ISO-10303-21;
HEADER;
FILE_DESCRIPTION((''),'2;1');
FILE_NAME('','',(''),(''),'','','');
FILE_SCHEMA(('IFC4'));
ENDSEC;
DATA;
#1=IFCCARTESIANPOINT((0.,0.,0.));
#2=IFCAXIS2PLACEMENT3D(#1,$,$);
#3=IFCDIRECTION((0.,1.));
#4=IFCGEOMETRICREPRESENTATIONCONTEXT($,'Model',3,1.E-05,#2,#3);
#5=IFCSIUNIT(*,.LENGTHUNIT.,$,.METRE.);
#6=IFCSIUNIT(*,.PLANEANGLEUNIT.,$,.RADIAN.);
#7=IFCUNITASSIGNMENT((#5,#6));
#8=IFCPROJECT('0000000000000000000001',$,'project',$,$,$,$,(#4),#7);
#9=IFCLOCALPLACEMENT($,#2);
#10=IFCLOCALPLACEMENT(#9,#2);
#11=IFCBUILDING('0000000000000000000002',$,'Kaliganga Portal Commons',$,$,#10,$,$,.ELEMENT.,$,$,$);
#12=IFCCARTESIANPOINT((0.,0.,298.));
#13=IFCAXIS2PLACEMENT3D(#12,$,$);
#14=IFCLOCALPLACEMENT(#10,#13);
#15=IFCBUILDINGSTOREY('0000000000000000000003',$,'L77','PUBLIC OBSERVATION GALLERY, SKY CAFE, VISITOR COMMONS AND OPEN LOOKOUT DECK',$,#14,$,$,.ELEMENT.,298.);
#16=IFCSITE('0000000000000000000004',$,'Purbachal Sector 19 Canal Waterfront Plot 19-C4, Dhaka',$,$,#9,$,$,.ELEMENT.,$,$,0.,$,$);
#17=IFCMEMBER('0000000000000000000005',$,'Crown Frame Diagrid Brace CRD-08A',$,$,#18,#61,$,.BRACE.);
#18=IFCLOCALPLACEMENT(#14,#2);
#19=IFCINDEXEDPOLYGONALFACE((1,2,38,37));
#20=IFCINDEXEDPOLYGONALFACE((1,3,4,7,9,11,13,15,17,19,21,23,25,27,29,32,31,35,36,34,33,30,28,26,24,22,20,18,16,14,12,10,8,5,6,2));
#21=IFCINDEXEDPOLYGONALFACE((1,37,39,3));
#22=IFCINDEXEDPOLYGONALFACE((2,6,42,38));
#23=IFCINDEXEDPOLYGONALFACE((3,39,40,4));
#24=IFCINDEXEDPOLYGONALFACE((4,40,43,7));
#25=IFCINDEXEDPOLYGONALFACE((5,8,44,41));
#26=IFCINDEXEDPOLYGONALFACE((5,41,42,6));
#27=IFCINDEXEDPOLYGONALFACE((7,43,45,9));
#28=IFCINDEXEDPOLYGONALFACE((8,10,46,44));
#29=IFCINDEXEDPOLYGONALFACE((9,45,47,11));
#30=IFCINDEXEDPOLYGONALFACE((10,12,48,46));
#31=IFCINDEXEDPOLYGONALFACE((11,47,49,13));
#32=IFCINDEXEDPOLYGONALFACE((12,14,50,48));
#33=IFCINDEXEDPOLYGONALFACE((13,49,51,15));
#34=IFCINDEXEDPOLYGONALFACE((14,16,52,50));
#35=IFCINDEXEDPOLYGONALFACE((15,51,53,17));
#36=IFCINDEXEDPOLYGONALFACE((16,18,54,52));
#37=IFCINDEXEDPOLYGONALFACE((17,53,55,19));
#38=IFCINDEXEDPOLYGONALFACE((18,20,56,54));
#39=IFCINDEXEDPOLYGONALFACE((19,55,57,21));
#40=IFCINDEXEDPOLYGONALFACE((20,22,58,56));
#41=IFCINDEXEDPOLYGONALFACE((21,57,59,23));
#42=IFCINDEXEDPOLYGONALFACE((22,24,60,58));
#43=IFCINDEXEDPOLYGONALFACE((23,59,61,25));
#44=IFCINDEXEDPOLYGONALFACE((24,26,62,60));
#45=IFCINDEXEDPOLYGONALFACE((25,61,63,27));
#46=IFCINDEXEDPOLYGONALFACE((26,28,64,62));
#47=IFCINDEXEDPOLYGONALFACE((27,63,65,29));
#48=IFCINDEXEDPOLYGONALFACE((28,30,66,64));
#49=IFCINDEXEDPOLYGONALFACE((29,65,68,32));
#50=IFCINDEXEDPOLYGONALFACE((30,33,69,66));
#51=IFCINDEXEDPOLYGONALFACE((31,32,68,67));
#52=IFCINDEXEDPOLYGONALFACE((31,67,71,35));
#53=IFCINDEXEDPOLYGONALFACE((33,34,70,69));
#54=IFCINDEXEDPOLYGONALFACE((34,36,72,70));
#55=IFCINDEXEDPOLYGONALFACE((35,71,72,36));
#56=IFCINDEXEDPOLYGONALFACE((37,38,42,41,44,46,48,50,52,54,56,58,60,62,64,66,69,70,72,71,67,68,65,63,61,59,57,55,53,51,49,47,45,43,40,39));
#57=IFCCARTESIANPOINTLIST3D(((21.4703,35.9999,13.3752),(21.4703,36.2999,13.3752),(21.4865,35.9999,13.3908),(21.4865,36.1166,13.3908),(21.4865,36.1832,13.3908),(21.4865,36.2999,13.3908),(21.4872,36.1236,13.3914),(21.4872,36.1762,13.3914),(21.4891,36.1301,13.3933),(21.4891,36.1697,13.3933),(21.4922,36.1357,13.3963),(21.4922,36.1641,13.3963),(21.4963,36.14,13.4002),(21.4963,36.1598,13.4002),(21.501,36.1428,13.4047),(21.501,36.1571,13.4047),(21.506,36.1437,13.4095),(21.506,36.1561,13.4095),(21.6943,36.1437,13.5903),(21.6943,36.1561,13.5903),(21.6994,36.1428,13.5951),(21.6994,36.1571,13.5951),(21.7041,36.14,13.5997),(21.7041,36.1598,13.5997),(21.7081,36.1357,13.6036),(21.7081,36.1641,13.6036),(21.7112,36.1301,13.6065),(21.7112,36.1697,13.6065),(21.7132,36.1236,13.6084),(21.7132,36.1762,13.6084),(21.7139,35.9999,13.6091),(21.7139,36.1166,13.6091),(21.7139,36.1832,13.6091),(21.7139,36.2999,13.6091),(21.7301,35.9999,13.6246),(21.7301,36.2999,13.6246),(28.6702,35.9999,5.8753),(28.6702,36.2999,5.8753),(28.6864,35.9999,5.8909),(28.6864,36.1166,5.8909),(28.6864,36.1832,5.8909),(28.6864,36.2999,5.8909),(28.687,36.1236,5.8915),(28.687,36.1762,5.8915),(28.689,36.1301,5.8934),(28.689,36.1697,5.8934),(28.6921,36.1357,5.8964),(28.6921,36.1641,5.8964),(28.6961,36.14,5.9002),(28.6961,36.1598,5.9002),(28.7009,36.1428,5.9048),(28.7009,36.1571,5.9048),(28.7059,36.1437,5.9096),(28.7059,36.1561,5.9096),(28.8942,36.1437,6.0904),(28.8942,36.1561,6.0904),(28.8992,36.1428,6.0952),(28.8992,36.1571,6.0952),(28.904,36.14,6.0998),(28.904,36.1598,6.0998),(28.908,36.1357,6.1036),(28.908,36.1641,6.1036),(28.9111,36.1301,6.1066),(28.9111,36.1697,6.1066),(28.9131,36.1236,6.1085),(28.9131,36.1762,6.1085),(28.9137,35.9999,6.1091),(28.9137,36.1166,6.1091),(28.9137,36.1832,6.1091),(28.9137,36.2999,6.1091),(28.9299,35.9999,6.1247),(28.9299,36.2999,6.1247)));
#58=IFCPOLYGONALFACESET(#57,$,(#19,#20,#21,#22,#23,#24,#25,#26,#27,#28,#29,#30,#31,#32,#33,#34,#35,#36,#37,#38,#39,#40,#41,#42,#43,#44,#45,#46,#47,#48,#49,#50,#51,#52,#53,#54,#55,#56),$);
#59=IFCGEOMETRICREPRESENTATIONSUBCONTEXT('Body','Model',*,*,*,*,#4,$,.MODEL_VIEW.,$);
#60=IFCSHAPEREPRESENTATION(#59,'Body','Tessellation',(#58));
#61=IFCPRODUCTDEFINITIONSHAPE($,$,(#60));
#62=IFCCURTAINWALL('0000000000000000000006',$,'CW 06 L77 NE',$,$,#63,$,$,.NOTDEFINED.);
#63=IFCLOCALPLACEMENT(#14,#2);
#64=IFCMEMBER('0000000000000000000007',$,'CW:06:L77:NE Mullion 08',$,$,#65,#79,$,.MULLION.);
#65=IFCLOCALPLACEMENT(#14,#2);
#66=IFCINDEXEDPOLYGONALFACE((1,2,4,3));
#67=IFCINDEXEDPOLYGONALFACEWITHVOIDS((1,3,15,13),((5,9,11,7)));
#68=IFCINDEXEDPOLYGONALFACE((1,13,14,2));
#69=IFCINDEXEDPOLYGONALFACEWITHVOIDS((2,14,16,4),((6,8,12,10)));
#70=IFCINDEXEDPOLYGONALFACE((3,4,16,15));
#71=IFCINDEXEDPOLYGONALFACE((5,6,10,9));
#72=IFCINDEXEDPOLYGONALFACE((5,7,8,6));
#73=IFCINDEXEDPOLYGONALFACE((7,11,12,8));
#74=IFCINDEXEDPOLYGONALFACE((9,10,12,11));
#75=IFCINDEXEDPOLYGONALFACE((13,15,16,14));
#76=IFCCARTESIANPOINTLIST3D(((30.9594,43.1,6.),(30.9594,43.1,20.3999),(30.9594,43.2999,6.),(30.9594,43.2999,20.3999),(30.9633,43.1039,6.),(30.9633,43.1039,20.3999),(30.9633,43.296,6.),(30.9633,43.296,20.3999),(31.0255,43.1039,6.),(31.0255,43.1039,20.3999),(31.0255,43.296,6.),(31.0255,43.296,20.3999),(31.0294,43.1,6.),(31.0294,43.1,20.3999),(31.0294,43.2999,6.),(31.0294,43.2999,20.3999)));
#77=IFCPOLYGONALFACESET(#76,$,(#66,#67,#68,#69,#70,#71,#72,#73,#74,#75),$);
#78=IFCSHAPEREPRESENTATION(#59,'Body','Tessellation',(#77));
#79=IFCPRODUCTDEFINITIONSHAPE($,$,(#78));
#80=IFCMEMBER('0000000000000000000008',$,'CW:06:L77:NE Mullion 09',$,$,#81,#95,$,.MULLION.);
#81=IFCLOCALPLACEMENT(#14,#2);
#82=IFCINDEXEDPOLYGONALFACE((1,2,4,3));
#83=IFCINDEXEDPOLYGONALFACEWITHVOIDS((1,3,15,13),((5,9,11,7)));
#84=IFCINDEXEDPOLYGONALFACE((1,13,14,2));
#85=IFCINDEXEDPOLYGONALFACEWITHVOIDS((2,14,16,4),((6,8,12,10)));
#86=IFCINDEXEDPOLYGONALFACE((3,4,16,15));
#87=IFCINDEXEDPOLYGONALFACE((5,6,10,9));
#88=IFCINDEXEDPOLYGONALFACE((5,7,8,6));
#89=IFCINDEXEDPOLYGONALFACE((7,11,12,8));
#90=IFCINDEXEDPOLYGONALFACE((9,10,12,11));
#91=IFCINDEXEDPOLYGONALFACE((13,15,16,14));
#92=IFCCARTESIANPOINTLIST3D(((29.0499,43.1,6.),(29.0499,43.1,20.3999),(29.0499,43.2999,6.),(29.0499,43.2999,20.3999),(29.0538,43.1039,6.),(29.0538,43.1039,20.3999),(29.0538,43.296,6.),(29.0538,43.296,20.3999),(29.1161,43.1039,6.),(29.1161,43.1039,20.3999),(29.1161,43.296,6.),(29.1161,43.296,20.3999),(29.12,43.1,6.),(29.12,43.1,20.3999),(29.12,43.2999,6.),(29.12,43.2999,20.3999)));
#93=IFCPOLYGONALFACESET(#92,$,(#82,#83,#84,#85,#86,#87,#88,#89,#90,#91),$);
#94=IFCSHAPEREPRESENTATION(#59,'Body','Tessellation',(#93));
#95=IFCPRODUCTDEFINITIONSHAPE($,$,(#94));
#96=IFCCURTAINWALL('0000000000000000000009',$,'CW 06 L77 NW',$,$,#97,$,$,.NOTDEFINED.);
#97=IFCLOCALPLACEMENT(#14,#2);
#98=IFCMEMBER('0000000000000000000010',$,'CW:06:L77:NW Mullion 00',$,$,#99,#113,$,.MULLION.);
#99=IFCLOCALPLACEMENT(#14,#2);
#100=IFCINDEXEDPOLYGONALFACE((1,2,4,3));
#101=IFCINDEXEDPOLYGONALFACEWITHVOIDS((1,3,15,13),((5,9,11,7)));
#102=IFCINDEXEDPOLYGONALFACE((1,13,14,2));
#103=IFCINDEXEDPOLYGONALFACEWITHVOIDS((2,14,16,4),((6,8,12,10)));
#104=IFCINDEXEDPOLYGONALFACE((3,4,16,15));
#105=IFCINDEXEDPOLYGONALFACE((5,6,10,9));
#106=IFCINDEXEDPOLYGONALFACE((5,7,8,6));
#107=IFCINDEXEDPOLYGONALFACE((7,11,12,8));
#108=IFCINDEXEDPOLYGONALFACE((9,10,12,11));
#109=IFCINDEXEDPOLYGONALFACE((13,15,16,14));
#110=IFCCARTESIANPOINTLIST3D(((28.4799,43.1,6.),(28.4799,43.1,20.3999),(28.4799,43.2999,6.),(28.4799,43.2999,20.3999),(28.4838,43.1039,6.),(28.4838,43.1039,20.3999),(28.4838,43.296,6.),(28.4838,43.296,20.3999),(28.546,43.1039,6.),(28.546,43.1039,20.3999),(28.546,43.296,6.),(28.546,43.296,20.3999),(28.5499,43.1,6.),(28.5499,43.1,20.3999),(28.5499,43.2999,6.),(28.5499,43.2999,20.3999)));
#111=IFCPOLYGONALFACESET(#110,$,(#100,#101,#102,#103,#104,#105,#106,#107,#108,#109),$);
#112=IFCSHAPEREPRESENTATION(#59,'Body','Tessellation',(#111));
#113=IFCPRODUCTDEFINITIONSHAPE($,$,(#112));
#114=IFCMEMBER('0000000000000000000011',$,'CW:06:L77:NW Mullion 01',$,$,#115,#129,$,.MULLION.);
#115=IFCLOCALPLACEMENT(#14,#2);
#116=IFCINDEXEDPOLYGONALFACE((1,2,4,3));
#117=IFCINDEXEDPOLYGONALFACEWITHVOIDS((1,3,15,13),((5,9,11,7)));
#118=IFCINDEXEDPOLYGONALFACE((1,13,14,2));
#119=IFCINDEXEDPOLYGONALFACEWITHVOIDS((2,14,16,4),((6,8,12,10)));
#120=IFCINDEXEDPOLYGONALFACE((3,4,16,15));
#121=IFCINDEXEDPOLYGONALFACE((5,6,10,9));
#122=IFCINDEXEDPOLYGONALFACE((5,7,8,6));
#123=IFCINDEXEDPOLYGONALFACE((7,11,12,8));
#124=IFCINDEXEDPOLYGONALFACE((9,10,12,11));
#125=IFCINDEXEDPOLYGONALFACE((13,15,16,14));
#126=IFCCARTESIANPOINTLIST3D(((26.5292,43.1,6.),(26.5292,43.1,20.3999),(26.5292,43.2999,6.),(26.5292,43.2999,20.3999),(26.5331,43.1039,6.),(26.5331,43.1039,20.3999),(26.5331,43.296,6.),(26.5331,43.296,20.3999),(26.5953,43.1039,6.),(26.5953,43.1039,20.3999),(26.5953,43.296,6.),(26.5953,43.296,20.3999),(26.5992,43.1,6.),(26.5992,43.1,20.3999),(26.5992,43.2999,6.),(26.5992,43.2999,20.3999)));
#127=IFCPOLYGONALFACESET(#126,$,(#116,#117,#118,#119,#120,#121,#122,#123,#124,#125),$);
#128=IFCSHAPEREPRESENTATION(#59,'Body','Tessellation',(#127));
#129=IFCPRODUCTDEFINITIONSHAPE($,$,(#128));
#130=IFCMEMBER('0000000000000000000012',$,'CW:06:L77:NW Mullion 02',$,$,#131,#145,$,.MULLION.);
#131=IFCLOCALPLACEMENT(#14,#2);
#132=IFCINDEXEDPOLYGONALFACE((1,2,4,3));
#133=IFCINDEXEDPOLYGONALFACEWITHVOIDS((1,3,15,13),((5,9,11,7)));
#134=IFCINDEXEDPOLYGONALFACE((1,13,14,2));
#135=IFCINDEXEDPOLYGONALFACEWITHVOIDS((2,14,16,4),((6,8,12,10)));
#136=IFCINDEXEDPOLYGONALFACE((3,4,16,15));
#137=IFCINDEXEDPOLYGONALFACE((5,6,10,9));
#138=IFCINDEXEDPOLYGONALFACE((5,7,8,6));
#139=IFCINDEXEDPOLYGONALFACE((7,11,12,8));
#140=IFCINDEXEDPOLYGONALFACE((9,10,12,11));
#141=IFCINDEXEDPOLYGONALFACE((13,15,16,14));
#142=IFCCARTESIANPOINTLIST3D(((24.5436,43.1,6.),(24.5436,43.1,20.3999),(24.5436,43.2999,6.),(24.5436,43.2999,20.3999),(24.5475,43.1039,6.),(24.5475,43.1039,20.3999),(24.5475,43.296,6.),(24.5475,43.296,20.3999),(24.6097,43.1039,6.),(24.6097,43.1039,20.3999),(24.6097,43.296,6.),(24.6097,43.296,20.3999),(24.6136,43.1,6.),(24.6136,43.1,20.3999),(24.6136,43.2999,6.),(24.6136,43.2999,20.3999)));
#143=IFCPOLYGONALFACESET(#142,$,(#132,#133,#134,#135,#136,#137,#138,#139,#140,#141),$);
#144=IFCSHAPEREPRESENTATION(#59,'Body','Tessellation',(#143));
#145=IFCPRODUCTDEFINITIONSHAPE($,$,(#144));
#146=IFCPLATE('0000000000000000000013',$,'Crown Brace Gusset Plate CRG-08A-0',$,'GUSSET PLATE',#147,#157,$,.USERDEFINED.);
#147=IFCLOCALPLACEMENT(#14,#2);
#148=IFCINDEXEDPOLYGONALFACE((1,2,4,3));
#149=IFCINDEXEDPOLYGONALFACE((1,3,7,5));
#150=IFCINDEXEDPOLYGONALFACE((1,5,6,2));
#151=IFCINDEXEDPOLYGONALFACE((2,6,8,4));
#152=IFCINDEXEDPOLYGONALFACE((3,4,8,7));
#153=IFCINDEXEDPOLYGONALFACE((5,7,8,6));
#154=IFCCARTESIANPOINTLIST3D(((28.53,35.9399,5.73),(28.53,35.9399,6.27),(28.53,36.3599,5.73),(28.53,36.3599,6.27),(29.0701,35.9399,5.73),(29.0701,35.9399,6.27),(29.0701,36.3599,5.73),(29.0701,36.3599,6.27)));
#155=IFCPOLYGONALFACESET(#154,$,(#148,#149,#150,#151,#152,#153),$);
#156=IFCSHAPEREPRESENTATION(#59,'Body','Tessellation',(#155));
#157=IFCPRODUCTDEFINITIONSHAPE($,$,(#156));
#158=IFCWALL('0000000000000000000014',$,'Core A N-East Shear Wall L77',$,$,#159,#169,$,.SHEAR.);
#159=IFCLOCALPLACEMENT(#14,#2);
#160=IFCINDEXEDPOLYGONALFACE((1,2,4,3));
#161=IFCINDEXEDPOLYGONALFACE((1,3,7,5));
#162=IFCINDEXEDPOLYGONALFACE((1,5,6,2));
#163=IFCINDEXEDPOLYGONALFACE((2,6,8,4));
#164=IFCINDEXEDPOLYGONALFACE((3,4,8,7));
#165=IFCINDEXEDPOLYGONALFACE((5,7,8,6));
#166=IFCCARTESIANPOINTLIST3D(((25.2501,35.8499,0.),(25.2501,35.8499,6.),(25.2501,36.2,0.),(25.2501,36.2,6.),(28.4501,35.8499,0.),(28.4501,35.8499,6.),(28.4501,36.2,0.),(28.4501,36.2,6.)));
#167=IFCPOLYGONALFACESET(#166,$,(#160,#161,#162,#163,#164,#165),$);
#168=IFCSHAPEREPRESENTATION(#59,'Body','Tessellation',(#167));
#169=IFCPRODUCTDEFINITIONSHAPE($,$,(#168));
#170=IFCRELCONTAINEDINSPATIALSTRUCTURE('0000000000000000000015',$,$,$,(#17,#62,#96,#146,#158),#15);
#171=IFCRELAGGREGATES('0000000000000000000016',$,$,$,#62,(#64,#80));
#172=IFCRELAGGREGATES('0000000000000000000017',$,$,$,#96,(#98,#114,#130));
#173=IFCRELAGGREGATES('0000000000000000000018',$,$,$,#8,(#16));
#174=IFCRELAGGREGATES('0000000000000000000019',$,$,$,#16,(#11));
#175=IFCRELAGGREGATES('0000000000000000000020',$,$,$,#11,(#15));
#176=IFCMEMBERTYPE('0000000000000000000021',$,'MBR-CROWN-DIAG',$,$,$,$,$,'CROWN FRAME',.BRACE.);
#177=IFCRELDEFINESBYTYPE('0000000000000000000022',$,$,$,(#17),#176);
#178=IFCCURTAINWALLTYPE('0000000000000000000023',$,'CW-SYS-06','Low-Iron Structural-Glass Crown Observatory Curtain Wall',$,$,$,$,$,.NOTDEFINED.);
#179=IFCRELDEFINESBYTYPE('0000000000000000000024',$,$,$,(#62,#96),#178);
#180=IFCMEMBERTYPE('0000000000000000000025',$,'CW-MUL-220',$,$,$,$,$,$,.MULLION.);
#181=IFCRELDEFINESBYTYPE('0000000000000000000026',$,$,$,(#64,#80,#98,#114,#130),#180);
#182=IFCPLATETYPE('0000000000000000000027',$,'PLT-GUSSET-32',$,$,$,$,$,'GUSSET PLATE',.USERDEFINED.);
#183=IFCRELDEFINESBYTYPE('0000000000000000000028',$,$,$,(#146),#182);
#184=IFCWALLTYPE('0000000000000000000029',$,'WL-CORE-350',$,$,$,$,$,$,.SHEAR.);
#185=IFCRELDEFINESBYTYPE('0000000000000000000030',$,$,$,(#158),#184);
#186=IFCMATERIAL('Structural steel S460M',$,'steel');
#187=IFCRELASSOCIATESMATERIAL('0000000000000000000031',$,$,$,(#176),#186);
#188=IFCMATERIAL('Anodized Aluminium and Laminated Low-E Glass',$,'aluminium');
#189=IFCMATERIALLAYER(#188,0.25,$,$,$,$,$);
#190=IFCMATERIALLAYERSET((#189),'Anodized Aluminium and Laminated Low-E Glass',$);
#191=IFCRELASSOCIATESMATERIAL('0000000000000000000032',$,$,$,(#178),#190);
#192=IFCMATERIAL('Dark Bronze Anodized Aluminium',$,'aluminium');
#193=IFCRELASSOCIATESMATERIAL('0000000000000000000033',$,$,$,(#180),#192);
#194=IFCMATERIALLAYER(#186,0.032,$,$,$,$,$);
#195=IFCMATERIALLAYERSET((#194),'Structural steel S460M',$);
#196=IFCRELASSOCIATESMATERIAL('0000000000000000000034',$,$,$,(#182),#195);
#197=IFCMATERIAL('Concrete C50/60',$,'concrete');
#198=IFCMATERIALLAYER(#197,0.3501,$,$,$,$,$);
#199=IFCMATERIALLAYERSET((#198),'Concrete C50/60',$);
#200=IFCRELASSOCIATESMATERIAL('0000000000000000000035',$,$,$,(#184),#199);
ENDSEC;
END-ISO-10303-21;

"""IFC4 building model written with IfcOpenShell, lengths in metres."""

from ifc_helpers import new_model, si_unit, direction, frame, frame_2d, origin, origin_2d, place, context, subcontext, project, spatial, rectangle, hollow_rectangle, i_section, extrude, source, transform, mapped, material, layer, layer_set, material_profile, profile_set, type_object, element, aggregate, save


model = new_model("IFC4")

# Units and contexts
model_context = context("Model", 3, precision=1e-05, world=origin(), true_north=direction((0.0, 1.0)))
body_context = subcontext(model_context, "Body", "Model", "MODEL_VIEW")
ifc_project = project(units=[si_unit("LENGTHUNIT", "METRE"), si_unit("PLANEANGLEUNIT", "RADIAN")], contexts=[model_context])

# Site, building, storey
site_placement = place(None, origin())
site = spatial("IfcSite", under=ifc_project, at=site_placement, Name="Purbachal Sector 19 Canal Waterfront Plot 19-C4, Dhaka", CompositionType="ELEMENT", RefElevation=0.0)
building_placement = place(site_placement, origin())
building = spatial("IfcBuilding", under=site, at=building_placement, Name="Kaliganga Portal Commons", CompositionType="ELEMENT")
storey_placement = place(building_placement, frame((0.0, 0.0, 298.0)))
storey = spatial("IfcBuildingStorey", under=building, at=storey_placement, Name="L77", Description="PUBLIC OBSERVATION GALLERY, SKY CAFE, VISITOR COMMONS AND OPEN LOOKOUT DECK", CompositionType="ELEMENT", Elevation=298.0)

# Shared definitions
ifc_material_1 = material(Name="Concrete C50/60", Category="concrete")
ifc_material_2 = material(Name="Structural steel S460M", Category="steel")

# Member
ifc_material_profile_1 = material_profile(ifc_material_2, i_section(OverallWidth=0.3, OverallDepth=0.3601, WebThickness=0.0125, FlangeThickness=0.0225, FilletRadius=0.0271, at=origin_2d()), Name="HE 360 B")
ifc_profile_set_1 = profile_set([ifc_material_profile_1], Name="Structural steel S460M wide-flange")
member_type_1 = type_object("IfcMemberType", Name="MBR-CROWN-DIAG", ElementType="CROWN FRAME", PredefinedType="BRACE", material=ifc_profile_set_1)
shared_shape_1 = source(origin(), body_context, "Body", "SweptSolid", [
    extrude(i_section(OverallWidth=0.3, OverallDepth=0.3601, WebThickness=0.0125, FlangeThickness=0.0225, FilletRadius=0.0271, at=origin_2d()), origin(), (0.0, 0.0, 1.0), 10.3965),
])
member_1_placement = place(storey_placement, frame((28.8, 36.1499, 6.0), z_axis=(-0.692529, 0.0, 0.72139), x_axis=(0.0, -1.0, 0.0)))
element("IfcMember", 1, at=member_1_placement, inside=storey, type_object=member_type_1, Name="Crown Frame Diagrid Brace CRD-08A", PredefinedType="BRACE", context=body_context, shape_type="MappedRepresentation", body=[
    mapped(shared_shape_1, transform((0.0, 0.0, 0.0), x_axis=(1.0, 0.0, 0.0), y_axis=(0.0, 1.0, 0.0), z_axis=(0.0, 0.0, 1.0), scale=1.0)),
])

# Curtain walls, members
ifc_material_3 = material(Name="Anodized Aluminium and Laminated Low-E Glass", Category="aluminium")
ifc_layer_1 = layer(ifc_material_3, 0.25)
ifc_layer_set_1 = layer_set([ifc_layer_1], Name="Anodized Aluminium and Laminated Low-E Glass")
curtain_wall_type = type_object("IfcCurtainWallType", Name="CW-SYS-06", Description="Low-Iron Structural-Glass Crown Observatory Curtain Wall", PredefinedType="NOTDEFINED", material=ifc_layer_set_1)
curtain_wall_1_placement = place(storey_placement, origin())
curtain_wall_1 = element("IfcCurtainWall", 2, at=curtain_wall_1_placement, inside=storey, type_object=curtain_wall_type, Name="CW 06 L77 NE", PredefinedType="NOTDEFINED")
ifc_material_4 = material(Name="Dark Bronze Anodized Aluminium", Category="aluminium")
ifc_material_profile_2 = material_profile(ifc_material_4, hollow_rectangle(XDim=0.0701, YDim=0.2, WallThickness=0.0039, at=origin_2d()), Name="ALU MULL 70x200x4")
ifc_profile_set_2 = profile_set([ifc_material_profile_2], Name="Dark Bronze Anodized Aluminium")
member_type_2 = type_object("IfcMemberType", Name="CW-MUL-220", PredefinedType="MULLION", material=ifc_profile_set_2)
shared_shape_2 = source(origin(), body_context, "Body", "SweptSolid", [
    extrude(hollow_rectangle(XDim=0.0701, YDim=0.2, WallThickness=0.0039, at=origin_2d()), origin(), (0.0, 0.0, 1.0), 14.3999),
])
member_2_placement = place(storey_placement, frame((30.9944, 43.2, 6.0), z_axis=(0.0, 0.0, 1.0), x_axis=(-1.0, 0.0, 0.0)))
member_2 = element("IfcMember", 3, at=member_2_placement, type_object=member_type_2, Name="CW:06:L77:NE Mullion 08", PredefinedType="MULLION", context=body_context, shape_type="MappedRepresentation", body=[
    mapped(shared_shape_2, transform((0.0, 0.0, 0.0), x_axis=(1.0, 0.0, 0.0), y_axis=(0.0, 1.0, 0.0), z_axis=(0.0, 0.0, 1.0), scale=1.0)),
])
member_3_placement = place(storey_placement, frame((29.085, 43.2, 6.0), z_axis=(0.0, 0.0, 1.0), x_axis=(-1.0, 0.0, 0.0)))
member_3 = element("IfcMember", 4, at=member_3_placement, type_object=member_type_2, Name="CW:06:L77:NE Mullion 09", PredefinedType="MULLION", context=body_context, shape_type="MappedRepresentation", body=[
    mapped(shared_shape_2, transform((0.0, 0.0, 0.0), x_axis=(1.0, 0.0, 0.0), y_axis=(0.0, 1.0, 0.0), z_axis=(0.0, 0.0, 1.0), scale=1.0)),
])
aggregate(curtain_wall_1, [member_2, member_3])
curtain_wall_2_placement = place(storey_placement, origin())
curtain_wall_2 = element("IfcCurtainWall", 5, at=curtain_wall_2_placement, inside=storey, type_object=curtain_wall_type, Name="CW 06 L77 NW", PredefinedType="NOTDEFINED")
member_4_placement = place(storey_placement, frame((28.5149, 43.2, 6.0), z_axis=(0.0, 0.0, 1.0), x_axis=(-1.0, 0.0, 0.0)))
member_4 = element("IfcMember", 6, at=member_4_placement, type_object=member_type_2, Name="CW:06:L77:NW Mullion 00", PredefinedType="MULLION", context=body_context, shape_type="MappedRepresentation", body=[
    mapped(shared_shape_2, transform((0.0, 0.0, 0.0), x_axis=(1.0, 0.0, 0.0), y_axis=(0.0, 1.0, 0.0), z_axis=(0.0, 0.0, 1.0), scale=1.0)),
])
member_5_placement = place(storey_placement, frame((26.5642, 43.2, 6.0), z_axis=(0.0, 0.0, 1.0), x_axis=(-1.0, 0.0, 0.0)))
member_5 = element("IfcMember", 7, at=member_5_placement, type_object=member_type_2, Name="CW:06:L77:NW Mullion 01", PredefinedType="MULLION", context=body_context, shape_type="MappedRepresentation", body=[
    mapped(shared_shape_2, transform((0.0, 0.0, 0.0), x_axis=(1.0, 0.0, 0.0), y_axis=(0.0, 1.0, 0.0), z_axis=(0.0, 0.0, 1.0), scale=1.0)),
])
member_6_placement = place(storey_placement, frame((24.5786, 43.2, 6.0), z_axis=(0.0, 0.0, 1.0), x_axis=(-1.0, 0.0, 0.0)))
member_6 = element("IfcMember", 8, at=member_6_placement, type_object=member_type_2, Name="CW:06:L77:NW Mullion 02", PredefinedType="MULLION", context=body_context, shape_type="MappedRepresentation", body=[
    mapped(shared_shape_2, transform((0.0, 0.0, 0.0), x_axis=(1.0, 0.0, 0.0), y_axis=(0.0, 1.0, 0.0), z_axis=(0.0, 0.0, 1.0), scale=1.0)),
])
aggregate(curtain_wall_2, [member_4, member_5, member_6])

# Plate
ifc_layer_2 = layer(ifc_material_2, 0.032)
ifc_layer_set_2 = layer_set([ifc_layer_2], Name="Structural steel S460M")
plate_type = type_object("IfcPlateType", Name="PLT-GUSSET-32", ElementType="GUSSET PLATE", PredefinedType="USERDEFINED", material=ifc_layer_set_2)
shared_shape_3 = source(origin(), body_context, "Body", "SweptSolid", [
    extrude(rectangle(XDim=0.54, YDim=0.4199, at=origin_2d()), origin(), (0.0, 0.0, 1.0), 0.54),
])
plate_placement = place(storey_placement, frame((28.8, 36.1499, 5.73), z_axis=(0.0, 0.0, 1.0), x_axis=(1.0, 0.0, 0.0)))
element("IfcPlate", 9, at=plate_placement, inside=storey, type_object=plate_type, Name="Crown Brace Gusset Plate CRG-08A-0", ObjectType="GUSSET PLATE", PredefinedType="USERDEFINED", context=body_context, shape_type="MappedRepresentation", body=[
    mapped(shared_shape_3, transform((0.0, 0.0, 0.0), x_axis=(1.0, 0.0, 0.0), y_axis=(0.0, 1.0, 0.0), z_axis=(0.0, 0.0, 1.0), scale=1.0)),
])

# Wall
ifc_layer_3 = layer(ifc_material_1, 0.3501)
ifc_layer_set_3 = layer_set([ifc_layer_3], Name="Concrete C50/60")
wall_type_1 = type_object("IfcWallType", Name="WL-CORE-350", PredefinedType="SHEAR", material=ifc_layer_set_3)
wall_1_placement = place(storey_placement, frame((25.25, 36.0249, 0.0), z_axis=(0.0, 0.0, 1.0), x_axis=(1.0, 0.0, 0.0)))
element("IfcWall", 10, at=wall_1_placement, inside=storey, type_object=wall_type_1, Name="Core A N-East Shear Wall L77", PredefinedType="SHEAR", context=body_context, shape_type="SweptSolid", body=[
    extrude(rectangle(XDim=3.2, YDim=0.3501, at=frame_2d((1.6001, 0.0))), origin(), (0.0, 0.0, 1.0), 6.0),
])

save(model, "model.ifc")
